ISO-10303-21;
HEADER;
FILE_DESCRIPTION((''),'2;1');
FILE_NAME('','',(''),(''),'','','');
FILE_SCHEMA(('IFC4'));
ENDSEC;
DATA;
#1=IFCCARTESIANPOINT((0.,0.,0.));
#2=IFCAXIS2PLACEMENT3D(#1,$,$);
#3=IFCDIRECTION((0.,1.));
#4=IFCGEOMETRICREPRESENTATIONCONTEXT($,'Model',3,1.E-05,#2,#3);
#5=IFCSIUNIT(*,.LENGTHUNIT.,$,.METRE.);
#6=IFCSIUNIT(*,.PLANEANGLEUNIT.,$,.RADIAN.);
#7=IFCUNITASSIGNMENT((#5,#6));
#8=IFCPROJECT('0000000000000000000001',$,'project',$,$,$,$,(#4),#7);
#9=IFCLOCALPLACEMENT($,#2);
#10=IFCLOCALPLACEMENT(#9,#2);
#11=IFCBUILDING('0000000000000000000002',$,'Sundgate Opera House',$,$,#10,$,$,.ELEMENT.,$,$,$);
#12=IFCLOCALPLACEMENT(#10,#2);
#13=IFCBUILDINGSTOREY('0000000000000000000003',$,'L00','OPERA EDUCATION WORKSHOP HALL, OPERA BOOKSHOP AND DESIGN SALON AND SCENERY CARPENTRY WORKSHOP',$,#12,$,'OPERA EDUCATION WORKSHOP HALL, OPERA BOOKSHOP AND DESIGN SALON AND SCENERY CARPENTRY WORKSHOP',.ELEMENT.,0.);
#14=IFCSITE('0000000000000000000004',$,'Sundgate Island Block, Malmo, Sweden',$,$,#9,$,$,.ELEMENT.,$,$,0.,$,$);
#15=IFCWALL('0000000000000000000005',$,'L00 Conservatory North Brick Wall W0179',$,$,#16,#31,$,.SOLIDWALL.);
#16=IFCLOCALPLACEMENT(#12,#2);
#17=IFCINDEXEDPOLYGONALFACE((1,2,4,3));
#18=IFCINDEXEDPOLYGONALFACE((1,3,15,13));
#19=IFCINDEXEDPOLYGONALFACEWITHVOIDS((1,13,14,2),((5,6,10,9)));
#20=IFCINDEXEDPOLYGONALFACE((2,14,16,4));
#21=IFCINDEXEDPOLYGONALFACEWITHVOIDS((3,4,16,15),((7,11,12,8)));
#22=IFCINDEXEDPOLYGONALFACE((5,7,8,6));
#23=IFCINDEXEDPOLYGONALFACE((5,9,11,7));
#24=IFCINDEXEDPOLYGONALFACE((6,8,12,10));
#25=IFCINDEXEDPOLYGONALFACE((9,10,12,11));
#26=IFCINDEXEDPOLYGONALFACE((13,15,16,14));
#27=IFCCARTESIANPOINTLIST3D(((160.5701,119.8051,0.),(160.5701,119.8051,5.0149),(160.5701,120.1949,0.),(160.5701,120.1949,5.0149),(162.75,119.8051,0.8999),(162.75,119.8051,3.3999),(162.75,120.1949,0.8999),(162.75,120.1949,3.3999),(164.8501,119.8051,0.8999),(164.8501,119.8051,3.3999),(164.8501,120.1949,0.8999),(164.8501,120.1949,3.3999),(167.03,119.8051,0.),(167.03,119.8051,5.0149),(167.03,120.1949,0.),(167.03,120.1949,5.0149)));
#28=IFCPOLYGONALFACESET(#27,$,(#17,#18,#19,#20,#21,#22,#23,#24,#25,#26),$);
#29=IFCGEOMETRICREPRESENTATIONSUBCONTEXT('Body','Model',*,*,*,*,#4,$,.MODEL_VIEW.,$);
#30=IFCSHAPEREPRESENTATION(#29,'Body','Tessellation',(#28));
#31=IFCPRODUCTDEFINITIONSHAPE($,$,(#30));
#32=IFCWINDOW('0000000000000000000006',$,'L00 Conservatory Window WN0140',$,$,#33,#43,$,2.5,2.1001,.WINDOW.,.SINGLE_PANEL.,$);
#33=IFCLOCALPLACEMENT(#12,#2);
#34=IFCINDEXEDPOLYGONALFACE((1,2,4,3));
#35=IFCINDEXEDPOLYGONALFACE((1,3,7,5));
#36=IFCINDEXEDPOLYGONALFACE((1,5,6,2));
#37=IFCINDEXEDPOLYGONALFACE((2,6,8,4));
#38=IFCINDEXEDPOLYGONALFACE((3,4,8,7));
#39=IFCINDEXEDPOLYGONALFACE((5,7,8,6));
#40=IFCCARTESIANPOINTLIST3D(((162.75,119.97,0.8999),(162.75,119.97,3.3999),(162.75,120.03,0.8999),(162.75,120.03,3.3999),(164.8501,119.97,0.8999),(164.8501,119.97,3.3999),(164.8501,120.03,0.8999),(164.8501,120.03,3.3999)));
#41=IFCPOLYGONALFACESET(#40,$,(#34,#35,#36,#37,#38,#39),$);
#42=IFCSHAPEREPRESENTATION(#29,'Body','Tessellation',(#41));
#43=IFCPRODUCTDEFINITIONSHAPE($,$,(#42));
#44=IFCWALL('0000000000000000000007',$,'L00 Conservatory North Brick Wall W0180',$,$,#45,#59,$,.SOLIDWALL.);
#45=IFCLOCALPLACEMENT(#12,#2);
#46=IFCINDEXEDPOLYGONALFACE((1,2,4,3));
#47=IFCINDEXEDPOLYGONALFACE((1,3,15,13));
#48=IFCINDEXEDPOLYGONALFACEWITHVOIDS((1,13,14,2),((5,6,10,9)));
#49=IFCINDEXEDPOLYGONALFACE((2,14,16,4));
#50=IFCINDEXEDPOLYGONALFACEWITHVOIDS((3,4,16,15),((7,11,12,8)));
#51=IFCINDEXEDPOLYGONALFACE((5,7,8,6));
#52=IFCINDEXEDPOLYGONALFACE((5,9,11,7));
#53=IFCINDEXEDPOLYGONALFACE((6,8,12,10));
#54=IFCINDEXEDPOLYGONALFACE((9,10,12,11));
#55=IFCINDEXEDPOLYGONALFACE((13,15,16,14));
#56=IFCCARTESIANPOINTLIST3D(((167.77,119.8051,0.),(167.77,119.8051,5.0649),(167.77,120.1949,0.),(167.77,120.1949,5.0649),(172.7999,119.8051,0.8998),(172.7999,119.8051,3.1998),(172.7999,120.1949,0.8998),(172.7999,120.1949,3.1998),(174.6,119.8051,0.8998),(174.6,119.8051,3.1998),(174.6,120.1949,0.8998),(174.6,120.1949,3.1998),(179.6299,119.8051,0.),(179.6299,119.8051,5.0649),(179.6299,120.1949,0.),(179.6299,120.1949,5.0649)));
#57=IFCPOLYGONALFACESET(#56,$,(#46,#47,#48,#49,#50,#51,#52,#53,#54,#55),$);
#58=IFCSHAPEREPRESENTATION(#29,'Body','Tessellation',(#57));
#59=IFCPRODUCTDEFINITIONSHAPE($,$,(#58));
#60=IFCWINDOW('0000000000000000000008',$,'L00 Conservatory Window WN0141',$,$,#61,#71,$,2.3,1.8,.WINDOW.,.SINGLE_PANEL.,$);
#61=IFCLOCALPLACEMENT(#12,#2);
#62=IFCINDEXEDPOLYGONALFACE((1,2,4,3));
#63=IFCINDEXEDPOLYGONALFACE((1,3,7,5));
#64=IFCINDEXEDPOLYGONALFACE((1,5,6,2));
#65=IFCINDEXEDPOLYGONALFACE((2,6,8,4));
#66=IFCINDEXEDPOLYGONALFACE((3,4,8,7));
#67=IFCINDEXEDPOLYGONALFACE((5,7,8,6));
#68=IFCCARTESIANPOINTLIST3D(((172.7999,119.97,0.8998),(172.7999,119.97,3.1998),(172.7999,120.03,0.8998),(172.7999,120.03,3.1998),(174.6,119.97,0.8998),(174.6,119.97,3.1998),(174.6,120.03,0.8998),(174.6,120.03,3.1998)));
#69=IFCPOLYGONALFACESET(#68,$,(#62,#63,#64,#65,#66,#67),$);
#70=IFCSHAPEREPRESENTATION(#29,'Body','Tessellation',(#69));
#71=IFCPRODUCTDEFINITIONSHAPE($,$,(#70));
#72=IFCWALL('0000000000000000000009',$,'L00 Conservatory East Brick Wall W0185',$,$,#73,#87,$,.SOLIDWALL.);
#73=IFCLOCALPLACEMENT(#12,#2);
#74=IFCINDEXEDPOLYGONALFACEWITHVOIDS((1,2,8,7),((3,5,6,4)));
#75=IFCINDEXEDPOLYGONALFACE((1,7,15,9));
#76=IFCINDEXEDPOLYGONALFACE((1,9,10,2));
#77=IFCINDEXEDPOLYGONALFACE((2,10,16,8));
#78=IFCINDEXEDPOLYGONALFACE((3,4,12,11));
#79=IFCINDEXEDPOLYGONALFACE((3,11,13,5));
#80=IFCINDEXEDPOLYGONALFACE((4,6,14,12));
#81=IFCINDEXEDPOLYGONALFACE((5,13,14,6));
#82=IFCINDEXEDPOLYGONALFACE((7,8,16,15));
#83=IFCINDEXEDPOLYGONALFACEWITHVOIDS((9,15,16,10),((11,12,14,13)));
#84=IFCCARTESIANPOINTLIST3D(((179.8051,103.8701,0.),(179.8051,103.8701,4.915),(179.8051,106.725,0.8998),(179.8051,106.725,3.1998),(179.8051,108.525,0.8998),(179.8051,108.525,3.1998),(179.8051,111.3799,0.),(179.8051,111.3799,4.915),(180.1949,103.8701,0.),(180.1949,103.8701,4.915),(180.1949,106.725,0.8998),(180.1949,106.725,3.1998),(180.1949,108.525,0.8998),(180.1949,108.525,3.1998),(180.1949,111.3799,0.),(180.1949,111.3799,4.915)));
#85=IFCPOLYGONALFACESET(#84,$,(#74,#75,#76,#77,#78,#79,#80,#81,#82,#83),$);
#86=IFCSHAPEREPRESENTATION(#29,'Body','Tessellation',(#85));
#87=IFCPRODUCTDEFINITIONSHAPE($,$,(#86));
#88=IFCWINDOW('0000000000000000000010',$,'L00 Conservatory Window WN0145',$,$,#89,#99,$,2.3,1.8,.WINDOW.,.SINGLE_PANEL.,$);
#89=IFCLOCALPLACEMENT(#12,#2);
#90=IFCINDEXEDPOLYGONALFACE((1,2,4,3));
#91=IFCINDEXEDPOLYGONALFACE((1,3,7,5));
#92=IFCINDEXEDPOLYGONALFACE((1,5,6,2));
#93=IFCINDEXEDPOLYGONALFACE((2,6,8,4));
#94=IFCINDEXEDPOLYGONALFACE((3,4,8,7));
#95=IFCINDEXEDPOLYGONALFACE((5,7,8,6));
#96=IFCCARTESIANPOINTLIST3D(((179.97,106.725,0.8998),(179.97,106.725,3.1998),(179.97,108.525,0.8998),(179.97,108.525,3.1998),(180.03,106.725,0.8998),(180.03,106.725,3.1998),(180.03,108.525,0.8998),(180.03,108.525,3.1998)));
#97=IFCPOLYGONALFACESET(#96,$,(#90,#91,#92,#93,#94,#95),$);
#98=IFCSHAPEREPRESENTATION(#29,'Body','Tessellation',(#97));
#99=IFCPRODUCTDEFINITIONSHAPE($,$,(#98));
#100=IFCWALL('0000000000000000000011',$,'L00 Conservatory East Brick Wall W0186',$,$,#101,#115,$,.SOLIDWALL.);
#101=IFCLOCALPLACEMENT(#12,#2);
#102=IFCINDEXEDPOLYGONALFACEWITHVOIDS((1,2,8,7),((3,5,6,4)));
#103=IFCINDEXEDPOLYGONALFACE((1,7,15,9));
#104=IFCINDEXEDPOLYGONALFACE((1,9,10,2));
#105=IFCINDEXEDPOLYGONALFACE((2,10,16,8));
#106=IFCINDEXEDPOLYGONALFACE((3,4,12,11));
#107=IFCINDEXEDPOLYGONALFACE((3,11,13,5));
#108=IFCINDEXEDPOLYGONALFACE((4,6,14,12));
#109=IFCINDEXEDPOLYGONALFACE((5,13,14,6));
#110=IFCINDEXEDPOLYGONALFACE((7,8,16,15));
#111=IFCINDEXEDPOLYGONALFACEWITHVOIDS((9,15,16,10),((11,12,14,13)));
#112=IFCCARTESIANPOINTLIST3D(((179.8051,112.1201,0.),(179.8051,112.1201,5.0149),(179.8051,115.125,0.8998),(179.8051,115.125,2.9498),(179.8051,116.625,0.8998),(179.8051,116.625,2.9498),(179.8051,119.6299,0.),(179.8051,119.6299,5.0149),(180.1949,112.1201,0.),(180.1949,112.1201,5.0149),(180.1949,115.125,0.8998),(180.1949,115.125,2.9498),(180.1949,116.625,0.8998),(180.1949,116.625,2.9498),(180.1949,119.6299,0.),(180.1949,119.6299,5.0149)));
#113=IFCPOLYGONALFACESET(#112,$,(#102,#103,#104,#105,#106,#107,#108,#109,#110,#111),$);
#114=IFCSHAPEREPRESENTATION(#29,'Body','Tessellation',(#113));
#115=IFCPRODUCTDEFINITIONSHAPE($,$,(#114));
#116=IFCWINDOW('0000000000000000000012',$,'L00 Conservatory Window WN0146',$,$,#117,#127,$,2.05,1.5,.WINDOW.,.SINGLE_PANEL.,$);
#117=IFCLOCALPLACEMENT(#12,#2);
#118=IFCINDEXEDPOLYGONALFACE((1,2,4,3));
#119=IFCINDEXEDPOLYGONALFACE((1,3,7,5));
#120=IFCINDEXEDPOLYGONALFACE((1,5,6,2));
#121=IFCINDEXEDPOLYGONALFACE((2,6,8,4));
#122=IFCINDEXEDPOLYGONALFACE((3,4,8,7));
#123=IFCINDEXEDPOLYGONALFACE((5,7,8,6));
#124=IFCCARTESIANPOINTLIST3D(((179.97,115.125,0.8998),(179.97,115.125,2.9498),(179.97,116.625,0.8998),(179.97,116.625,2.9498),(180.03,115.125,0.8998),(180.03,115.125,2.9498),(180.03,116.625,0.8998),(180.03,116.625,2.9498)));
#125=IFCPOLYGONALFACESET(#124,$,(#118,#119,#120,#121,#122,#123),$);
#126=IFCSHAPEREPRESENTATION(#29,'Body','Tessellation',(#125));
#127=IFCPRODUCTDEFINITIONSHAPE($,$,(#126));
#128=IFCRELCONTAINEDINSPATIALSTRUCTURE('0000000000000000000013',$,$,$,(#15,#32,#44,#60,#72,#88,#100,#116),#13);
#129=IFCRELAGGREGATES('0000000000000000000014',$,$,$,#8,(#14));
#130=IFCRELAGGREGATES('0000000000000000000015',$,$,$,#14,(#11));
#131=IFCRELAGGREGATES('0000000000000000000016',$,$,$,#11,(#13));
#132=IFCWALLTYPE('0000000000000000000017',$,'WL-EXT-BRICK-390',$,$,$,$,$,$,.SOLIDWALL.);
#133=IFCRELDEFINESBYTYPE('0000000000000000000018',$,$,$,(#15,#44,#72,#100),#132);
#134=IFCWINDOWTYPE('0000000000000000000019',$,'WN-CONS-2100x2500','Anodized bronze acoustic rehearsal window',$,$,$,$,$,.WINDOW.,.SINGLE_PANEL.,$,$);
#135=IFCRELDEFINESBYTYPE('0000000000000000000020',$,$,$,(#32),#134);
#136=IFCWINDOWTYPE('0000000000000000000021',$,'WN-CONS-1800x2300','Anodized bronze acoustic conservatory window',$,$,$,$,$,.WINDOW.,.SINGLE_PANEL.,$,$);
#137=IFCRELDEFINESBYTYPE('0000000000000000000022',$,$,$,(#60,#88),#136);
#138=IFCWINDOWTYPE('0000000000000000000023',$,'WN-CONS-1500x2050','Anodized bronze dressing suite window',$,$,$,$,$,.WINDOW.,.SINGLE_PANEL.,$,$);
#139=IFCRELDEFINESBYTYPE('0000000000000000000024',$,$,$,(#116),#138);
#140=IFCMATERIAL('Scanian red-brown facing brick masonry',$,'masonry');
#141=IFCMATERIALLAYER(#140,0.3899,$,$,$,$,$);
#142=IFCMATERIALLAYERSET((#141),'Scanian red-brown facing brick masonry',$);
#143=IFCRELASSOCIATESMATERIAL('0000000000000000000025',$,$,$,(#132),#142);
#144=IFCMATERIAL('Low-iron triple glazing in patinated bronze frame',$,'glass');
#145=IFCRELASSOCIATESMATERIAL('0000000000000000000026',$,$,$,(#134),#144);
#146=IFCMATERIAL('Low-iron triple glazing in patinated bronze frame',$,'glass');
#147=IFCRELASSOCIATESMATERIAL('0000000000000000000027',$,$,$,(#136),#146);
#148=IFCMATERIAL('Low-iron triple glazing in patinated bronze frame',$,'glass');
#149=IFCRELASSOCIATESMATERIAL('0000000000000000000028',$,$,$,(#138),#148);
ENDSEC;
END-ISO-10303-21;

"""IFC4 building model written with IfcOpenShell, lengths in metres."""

from ifc_helpers import new_model, si_unit, direction, frame, frame_2d, origin, place, context, subcontext, project, spatial, rectangle, extrude, material, layer, layer_set, type_object, element, fill, save


model = new_model("IFC4")

# Units and contexts
model_context = context("Model", 3, precision=1e-05, world=origin(), true_north=direction((0.0, 1.0)))
body_context = subcontext(model_context, "Body", "Model", "MODEL_VIEW")
ifc_project = project(units=[si_unit("LENGTHUNIT", "METRE"), si_unit("PLANEANGLEUNIT", "RADIAN")], contexts=[model_context])

# Site, building, storey
site_placement = place(None, origin())
site = spatial("IfcSite", under=ifc_project, at=site_placement, Name="Sundgate Island Block, Malmo, Sweden", CompositionType="ELEMENT", RefElevation=0.0)
building_placement = place(site_placement, origin())
building = spatial("IfcBuilding", under=site, at=building_placement, Name="Sundgate Opera House", CompositionType="ELEMENT")
storey_placement = place(building_placement, origin())
storey = spatial("IfcBuildingStorey", under=building, at=storey_placement, Name="L00", Description="OPERA EDUCATION WORKSHOP HALL, OPERA BOOKSHOP AND DESIGN SALON AND SCENERY CARPENTRY WORKSHOP", LongName="OPERA EDUCATION WORKSHOP HALL, OPERA BOOKSHOP AND DESIGN SALON AND SCENERY CARPENTRY WORKSHOP", CompositionType="ELEMENT", Elevation=0.0)

# Walls, openings, windows
ifc_material_1 = material(Name="Scanian red-brown facing brick masonry", Category="masonry")
ifc_layer = layer(ifc_material_1, 0.3899)
ifc_layer_set = layer_set([ifc_layer], Name="Scanian red-brown facing brick masonry")
wall_type = type_object("IfcWallType", Name="WL-EXT-BRICK-390", PredefinedType="SOLIDWALL", material=ifc_layer_set)
wall_1_placement = place(storey_placement, frame((160.5701, 120.0, 0.0), z_axis=(0.0, 0.0, 1.0), x_axis=(1.0, 0.0, 0.0)))
wall_1 = element("IfcWall", 1, at=wall_1_placement, inside=storey, type_object=wall_type, Name="L00 Conservatory North Brick Wall W0179", PredefinedType="SOLIDWALL", context=body_context, shape_type="SweptSolid", body=[
    extrude(rectangle(XDim=6.46, YDim=0.3899, at=frame_2d((3.23, 0.0))), origin(), (0.0, 0.0, 1.0), 5.0149),
])
opening_1_placement = place(wall_1_placement, frame((2.1799, 0.0, 0.8999)))
opening_1 = element("IfcOpeningElement", 2, at=opening_1_placement, cuts=wall_1, PredefinedType="OPENING", context=body_context, shape_type="SweptSolid", body=[
    extrude(rectangle(XDim=2.1001, YDim=2.5, at=frame_2d((1.05, 1.25))), frame((0.0, 0.2048, 0.0), z_axis=(0.0, -1.0, 0.0), x_axis=(1.0, 0.0, 0.0)), (0.0, 0.0, 1.0), 0.4099),
])
ifc_material_2 = material(Name="Low-iron triple glazing in patinated bronze frame", Category="glass")
window_type_1 = type_object("IfcWindowType", Name="WN-CONS-2100x2500", Description="Anodized bronze acoustic rehearsal window", PartitioningType="SINGLE_PANEL", PredefinedType="WINDOW", material=ifc_material_2)
window_1_placement = place(opening_1_placement, origin())
window_1 = element("IfcWindow", 3, at=window_1_placement, inside=storey, type_object=window_type_1, Name="L00 Conservatory Window WN0140", OverallHeight=2.5, OverallWidth=2.1001, PartitioningType="SINGLE_PANEL", PredefinedType="WINDOW", context=body_context, shape_type="SweptSolid", body=[
    extrude(rectangle(XDim=2.1001, YDim=2.5, at=frame_2d((1.05, 1.25))), frame((0.0, 0.03, 0.0), z_axis=(0.0, -1.0, 0.0), x_axis=(1.0, 0.0, 0.0)), (0.0, 0.0, 1.0), 0.0601),
])
fill(opening_1, window_1)
wall_2_placement = place(storey_placement, frame((167.77, 120.0, 0.0), z_axis=(0.0, 0.0, 1.0), x_axis=(1.0, 0.0, 0.0)))
wall_2 = element("IfcWall", 4, at=wall_2_placement, inside=storey, type_object=wall_type, Name="L00 Conservatory North Brick Wall W0180", PredefinedType="SOLIDWALL", context=body_context, shape_type="SweptSolid", body=[
    extrude(rectangle(XDim=11.8599, YDim=0.3899, at=frame_2d((5.9299, 0.0))), origin(), (0.0, 0.0, 1.0), 5.0649),
])
opening_2_placement = place(wall_2_placement, frame((5.03, 0.0, 0.8999)))
opening_2 = element("IfcOpeningElement", 5, at=opening_2_placement, cuts=wall_2, PredefinedType="OPENING", context=body_context, shape_type="SweptSolid", body=[
    extrude(rectangle(XDim=1.8, YDim=2.3, at=frame_2d((0.8999, 1.1499))), frame((0.0, 0.2048, 0.0), z_axis=(0.0, -1.0, 0.0), x_axis=(1.0, 0.0, 0.0)), (0.0, 0.0, 1.0), 0.4099),
])
ifc_material_3 = material(Name="Low-iron triple glazing in patinated bronze frame", Category="glass")
window_type_2 = type_object("IfcWindowType", Name="WN-CONS-1800x2300", Description="Anodized bronze acoustic conservatory window", PartitioningType="SINGLE_PANEL", PredefinedType="WINDOW", material=ifc_material_3)
window_2_placement = place(opening_2_placement, origin())
window_2 = element("IfcWindow", 6, at=window_2_placement, inside=storey, type_object=window_type_2, Name="L00 Conservatory Window WN0141", OverallHeight=2.3, OverallWidth=1.8, PartitioningType="SINGLE_PANEL", PredefinedType="WINDOW", context=body_context, shape_type="SweptSolid", body=[
    extrude(rectangle(XDim=1.8, YDim=2.3, at=frame_2d((0.8999, 1.1499))), frame((0.0, 0.03, 0.0), z_axis=(0.0, -1.0, 0.0), x_axis=(1.0, 0.0, 0.0)), (0.0, 0.0, 1.0), 0.0601),
])
fill(opening_2, window_2)
wall_3_placement = place(storey_placement, frame((180.0, 111.3799, 0.0), z_axis=(0.0, 0.0, 1.0), x_axis=(0.0, -1.0, 0.0)))
wall_3 = element("IfcWall", 7, at=wall_3_placement, inside=storey, type_object=wall_type, Name="L00 Conservatory East Brick Wall W0185", PredefinedType="SOLIDWALL", context=body_context, shape_type="SweptSolid", body=[
    extrude(rectangle(XDim=7.5098, YDim=0.3899, at=frame_2d((3.7549, 0.0))), origin(), (0.0, 0.0, 1.0), 4.915),
])
opening_3_placement = place(wall_3_placement, frame((2.855, 0.0, 0.8999)))
opening_3 = element("IfcOpeningElement", 8, at=opening_3_placement, cuts=wall_3, PredefinedType="OPENING", context=body_context, shape_type="SweptSolid", body=[
    extrude(rectangle(XDim=1.8, YDim=2.3, at=frame_2d((0.8999, 1.1499))), frame((0.0, 0.2048, 0.0), z_axis=(0.0, -1.0, 0.0), x_axis=(1.0, 0.0, 0.0)), (0.0, 0.0, 1.0), 0.4099),
])
window_3_placement = place(opening_3_placement, origin())
window_3 = element("IfcWindow", 9, at=window_3_placement, inside=storey, type_object=window_type_2, Name="L00 Conservatory Window WN0145", OverallHeight=2.3, OverallWidth=1.8, PartitioningType="SINGLE_PANEL", PredefinedType="WINDOW", context=body_context, shape_type="SweptSolid", body=[
    extrude(rectangle(XDim=1.8, YDim=2.3, at=frame_2d((0.8999, 1.1499))), frame((0.0, 0.03, 0.0), z_axis=(0.0, -1.0, 0.0), x_axis=(1.0, 0.0, 0.0)), (0.0, 0.0, 1.0), 0.0601),
])
fill(opening_3, window_3)
wall_4_placement = place(storey_placement, frame((180.0, 119.6299, 0.0), z_axis=(0.0, 0.0, 1.0), x_axis=(0.0, -1.0, 0.0)))
wall_4 = element("IfcWall", 10, at=wall_4_placement, inside=storey, type_object=wall_type, Name="L00 Conservatory East Brick Wall W0186", PredefinedType="SOLIDWALL", context=body_context, shape_type="SweptSolid", body=[
    extrude(rectangle(XDim=7.5098, YDim=0.3899, at=frame_2d((3.7549, 0.0))), origin(), (0.0, 0.0, 1.0), 5.0149),
])
opening_4_placement = place(wall_4_placement, frame((3.0049, 0.0, 0.8999)))
opening_4 = element("IfcOpeningElement", 11, at=opening_4_placement, cuts=wall_4, PredefinedType="OPENING", context=body_context, shape_type="SweptSolid", body=[
    extrude(rectangle(XDim=1.5, YDim=2.05, at=frame_2d((0.75, 1.0249))), frame((0.0, 0.2048, 0.0), z_axis=(0.0, -1.0, 0.0), x_axis=(1.0, 0.0, 0.0)), (0.0, 0.0, 1.0), 0.4099),
])
ifc_material_4 = material(Name="Low-iron triple glazing in patinated bronze frame", Category="glass")
window_type_3 = type_object("IfcWindowType", Name="WN-CONS-1500x2050", Description="Anodized bronze dressing suite window", PartitioningType="SINGLE_PANEL", PredefinedType="WINDOW", material=ifc_material_4)
window_4_placement = place(opening_4_placement, origin())
window_4 = element("IfcWindow", 12, at=window_4_placement, inside=storey, type_object=window_type_3, Name="L00 Conservatory Window WN0146", OverallHeight=2.05, OverallWidth=1.5, PartitioningType="SINGLE_PANEL", PredefinedType="WINDOW", context=body_context, shape_type="SweptSolid", body=[
    extrude(rectangle(XDim=1.5, YDim=2.05, at=frame_2d((0.75, 1.0249))), frame((0.0, 0.03, 0.0), z_axis=(0.0, -1.0, 0.0), x_axis=(1.0, 0.0, 0.0)), (0.0, 0.0, 1.0), 0.0601),
])
fill(opening_4, window_4)

save(model, "model.ifc")
